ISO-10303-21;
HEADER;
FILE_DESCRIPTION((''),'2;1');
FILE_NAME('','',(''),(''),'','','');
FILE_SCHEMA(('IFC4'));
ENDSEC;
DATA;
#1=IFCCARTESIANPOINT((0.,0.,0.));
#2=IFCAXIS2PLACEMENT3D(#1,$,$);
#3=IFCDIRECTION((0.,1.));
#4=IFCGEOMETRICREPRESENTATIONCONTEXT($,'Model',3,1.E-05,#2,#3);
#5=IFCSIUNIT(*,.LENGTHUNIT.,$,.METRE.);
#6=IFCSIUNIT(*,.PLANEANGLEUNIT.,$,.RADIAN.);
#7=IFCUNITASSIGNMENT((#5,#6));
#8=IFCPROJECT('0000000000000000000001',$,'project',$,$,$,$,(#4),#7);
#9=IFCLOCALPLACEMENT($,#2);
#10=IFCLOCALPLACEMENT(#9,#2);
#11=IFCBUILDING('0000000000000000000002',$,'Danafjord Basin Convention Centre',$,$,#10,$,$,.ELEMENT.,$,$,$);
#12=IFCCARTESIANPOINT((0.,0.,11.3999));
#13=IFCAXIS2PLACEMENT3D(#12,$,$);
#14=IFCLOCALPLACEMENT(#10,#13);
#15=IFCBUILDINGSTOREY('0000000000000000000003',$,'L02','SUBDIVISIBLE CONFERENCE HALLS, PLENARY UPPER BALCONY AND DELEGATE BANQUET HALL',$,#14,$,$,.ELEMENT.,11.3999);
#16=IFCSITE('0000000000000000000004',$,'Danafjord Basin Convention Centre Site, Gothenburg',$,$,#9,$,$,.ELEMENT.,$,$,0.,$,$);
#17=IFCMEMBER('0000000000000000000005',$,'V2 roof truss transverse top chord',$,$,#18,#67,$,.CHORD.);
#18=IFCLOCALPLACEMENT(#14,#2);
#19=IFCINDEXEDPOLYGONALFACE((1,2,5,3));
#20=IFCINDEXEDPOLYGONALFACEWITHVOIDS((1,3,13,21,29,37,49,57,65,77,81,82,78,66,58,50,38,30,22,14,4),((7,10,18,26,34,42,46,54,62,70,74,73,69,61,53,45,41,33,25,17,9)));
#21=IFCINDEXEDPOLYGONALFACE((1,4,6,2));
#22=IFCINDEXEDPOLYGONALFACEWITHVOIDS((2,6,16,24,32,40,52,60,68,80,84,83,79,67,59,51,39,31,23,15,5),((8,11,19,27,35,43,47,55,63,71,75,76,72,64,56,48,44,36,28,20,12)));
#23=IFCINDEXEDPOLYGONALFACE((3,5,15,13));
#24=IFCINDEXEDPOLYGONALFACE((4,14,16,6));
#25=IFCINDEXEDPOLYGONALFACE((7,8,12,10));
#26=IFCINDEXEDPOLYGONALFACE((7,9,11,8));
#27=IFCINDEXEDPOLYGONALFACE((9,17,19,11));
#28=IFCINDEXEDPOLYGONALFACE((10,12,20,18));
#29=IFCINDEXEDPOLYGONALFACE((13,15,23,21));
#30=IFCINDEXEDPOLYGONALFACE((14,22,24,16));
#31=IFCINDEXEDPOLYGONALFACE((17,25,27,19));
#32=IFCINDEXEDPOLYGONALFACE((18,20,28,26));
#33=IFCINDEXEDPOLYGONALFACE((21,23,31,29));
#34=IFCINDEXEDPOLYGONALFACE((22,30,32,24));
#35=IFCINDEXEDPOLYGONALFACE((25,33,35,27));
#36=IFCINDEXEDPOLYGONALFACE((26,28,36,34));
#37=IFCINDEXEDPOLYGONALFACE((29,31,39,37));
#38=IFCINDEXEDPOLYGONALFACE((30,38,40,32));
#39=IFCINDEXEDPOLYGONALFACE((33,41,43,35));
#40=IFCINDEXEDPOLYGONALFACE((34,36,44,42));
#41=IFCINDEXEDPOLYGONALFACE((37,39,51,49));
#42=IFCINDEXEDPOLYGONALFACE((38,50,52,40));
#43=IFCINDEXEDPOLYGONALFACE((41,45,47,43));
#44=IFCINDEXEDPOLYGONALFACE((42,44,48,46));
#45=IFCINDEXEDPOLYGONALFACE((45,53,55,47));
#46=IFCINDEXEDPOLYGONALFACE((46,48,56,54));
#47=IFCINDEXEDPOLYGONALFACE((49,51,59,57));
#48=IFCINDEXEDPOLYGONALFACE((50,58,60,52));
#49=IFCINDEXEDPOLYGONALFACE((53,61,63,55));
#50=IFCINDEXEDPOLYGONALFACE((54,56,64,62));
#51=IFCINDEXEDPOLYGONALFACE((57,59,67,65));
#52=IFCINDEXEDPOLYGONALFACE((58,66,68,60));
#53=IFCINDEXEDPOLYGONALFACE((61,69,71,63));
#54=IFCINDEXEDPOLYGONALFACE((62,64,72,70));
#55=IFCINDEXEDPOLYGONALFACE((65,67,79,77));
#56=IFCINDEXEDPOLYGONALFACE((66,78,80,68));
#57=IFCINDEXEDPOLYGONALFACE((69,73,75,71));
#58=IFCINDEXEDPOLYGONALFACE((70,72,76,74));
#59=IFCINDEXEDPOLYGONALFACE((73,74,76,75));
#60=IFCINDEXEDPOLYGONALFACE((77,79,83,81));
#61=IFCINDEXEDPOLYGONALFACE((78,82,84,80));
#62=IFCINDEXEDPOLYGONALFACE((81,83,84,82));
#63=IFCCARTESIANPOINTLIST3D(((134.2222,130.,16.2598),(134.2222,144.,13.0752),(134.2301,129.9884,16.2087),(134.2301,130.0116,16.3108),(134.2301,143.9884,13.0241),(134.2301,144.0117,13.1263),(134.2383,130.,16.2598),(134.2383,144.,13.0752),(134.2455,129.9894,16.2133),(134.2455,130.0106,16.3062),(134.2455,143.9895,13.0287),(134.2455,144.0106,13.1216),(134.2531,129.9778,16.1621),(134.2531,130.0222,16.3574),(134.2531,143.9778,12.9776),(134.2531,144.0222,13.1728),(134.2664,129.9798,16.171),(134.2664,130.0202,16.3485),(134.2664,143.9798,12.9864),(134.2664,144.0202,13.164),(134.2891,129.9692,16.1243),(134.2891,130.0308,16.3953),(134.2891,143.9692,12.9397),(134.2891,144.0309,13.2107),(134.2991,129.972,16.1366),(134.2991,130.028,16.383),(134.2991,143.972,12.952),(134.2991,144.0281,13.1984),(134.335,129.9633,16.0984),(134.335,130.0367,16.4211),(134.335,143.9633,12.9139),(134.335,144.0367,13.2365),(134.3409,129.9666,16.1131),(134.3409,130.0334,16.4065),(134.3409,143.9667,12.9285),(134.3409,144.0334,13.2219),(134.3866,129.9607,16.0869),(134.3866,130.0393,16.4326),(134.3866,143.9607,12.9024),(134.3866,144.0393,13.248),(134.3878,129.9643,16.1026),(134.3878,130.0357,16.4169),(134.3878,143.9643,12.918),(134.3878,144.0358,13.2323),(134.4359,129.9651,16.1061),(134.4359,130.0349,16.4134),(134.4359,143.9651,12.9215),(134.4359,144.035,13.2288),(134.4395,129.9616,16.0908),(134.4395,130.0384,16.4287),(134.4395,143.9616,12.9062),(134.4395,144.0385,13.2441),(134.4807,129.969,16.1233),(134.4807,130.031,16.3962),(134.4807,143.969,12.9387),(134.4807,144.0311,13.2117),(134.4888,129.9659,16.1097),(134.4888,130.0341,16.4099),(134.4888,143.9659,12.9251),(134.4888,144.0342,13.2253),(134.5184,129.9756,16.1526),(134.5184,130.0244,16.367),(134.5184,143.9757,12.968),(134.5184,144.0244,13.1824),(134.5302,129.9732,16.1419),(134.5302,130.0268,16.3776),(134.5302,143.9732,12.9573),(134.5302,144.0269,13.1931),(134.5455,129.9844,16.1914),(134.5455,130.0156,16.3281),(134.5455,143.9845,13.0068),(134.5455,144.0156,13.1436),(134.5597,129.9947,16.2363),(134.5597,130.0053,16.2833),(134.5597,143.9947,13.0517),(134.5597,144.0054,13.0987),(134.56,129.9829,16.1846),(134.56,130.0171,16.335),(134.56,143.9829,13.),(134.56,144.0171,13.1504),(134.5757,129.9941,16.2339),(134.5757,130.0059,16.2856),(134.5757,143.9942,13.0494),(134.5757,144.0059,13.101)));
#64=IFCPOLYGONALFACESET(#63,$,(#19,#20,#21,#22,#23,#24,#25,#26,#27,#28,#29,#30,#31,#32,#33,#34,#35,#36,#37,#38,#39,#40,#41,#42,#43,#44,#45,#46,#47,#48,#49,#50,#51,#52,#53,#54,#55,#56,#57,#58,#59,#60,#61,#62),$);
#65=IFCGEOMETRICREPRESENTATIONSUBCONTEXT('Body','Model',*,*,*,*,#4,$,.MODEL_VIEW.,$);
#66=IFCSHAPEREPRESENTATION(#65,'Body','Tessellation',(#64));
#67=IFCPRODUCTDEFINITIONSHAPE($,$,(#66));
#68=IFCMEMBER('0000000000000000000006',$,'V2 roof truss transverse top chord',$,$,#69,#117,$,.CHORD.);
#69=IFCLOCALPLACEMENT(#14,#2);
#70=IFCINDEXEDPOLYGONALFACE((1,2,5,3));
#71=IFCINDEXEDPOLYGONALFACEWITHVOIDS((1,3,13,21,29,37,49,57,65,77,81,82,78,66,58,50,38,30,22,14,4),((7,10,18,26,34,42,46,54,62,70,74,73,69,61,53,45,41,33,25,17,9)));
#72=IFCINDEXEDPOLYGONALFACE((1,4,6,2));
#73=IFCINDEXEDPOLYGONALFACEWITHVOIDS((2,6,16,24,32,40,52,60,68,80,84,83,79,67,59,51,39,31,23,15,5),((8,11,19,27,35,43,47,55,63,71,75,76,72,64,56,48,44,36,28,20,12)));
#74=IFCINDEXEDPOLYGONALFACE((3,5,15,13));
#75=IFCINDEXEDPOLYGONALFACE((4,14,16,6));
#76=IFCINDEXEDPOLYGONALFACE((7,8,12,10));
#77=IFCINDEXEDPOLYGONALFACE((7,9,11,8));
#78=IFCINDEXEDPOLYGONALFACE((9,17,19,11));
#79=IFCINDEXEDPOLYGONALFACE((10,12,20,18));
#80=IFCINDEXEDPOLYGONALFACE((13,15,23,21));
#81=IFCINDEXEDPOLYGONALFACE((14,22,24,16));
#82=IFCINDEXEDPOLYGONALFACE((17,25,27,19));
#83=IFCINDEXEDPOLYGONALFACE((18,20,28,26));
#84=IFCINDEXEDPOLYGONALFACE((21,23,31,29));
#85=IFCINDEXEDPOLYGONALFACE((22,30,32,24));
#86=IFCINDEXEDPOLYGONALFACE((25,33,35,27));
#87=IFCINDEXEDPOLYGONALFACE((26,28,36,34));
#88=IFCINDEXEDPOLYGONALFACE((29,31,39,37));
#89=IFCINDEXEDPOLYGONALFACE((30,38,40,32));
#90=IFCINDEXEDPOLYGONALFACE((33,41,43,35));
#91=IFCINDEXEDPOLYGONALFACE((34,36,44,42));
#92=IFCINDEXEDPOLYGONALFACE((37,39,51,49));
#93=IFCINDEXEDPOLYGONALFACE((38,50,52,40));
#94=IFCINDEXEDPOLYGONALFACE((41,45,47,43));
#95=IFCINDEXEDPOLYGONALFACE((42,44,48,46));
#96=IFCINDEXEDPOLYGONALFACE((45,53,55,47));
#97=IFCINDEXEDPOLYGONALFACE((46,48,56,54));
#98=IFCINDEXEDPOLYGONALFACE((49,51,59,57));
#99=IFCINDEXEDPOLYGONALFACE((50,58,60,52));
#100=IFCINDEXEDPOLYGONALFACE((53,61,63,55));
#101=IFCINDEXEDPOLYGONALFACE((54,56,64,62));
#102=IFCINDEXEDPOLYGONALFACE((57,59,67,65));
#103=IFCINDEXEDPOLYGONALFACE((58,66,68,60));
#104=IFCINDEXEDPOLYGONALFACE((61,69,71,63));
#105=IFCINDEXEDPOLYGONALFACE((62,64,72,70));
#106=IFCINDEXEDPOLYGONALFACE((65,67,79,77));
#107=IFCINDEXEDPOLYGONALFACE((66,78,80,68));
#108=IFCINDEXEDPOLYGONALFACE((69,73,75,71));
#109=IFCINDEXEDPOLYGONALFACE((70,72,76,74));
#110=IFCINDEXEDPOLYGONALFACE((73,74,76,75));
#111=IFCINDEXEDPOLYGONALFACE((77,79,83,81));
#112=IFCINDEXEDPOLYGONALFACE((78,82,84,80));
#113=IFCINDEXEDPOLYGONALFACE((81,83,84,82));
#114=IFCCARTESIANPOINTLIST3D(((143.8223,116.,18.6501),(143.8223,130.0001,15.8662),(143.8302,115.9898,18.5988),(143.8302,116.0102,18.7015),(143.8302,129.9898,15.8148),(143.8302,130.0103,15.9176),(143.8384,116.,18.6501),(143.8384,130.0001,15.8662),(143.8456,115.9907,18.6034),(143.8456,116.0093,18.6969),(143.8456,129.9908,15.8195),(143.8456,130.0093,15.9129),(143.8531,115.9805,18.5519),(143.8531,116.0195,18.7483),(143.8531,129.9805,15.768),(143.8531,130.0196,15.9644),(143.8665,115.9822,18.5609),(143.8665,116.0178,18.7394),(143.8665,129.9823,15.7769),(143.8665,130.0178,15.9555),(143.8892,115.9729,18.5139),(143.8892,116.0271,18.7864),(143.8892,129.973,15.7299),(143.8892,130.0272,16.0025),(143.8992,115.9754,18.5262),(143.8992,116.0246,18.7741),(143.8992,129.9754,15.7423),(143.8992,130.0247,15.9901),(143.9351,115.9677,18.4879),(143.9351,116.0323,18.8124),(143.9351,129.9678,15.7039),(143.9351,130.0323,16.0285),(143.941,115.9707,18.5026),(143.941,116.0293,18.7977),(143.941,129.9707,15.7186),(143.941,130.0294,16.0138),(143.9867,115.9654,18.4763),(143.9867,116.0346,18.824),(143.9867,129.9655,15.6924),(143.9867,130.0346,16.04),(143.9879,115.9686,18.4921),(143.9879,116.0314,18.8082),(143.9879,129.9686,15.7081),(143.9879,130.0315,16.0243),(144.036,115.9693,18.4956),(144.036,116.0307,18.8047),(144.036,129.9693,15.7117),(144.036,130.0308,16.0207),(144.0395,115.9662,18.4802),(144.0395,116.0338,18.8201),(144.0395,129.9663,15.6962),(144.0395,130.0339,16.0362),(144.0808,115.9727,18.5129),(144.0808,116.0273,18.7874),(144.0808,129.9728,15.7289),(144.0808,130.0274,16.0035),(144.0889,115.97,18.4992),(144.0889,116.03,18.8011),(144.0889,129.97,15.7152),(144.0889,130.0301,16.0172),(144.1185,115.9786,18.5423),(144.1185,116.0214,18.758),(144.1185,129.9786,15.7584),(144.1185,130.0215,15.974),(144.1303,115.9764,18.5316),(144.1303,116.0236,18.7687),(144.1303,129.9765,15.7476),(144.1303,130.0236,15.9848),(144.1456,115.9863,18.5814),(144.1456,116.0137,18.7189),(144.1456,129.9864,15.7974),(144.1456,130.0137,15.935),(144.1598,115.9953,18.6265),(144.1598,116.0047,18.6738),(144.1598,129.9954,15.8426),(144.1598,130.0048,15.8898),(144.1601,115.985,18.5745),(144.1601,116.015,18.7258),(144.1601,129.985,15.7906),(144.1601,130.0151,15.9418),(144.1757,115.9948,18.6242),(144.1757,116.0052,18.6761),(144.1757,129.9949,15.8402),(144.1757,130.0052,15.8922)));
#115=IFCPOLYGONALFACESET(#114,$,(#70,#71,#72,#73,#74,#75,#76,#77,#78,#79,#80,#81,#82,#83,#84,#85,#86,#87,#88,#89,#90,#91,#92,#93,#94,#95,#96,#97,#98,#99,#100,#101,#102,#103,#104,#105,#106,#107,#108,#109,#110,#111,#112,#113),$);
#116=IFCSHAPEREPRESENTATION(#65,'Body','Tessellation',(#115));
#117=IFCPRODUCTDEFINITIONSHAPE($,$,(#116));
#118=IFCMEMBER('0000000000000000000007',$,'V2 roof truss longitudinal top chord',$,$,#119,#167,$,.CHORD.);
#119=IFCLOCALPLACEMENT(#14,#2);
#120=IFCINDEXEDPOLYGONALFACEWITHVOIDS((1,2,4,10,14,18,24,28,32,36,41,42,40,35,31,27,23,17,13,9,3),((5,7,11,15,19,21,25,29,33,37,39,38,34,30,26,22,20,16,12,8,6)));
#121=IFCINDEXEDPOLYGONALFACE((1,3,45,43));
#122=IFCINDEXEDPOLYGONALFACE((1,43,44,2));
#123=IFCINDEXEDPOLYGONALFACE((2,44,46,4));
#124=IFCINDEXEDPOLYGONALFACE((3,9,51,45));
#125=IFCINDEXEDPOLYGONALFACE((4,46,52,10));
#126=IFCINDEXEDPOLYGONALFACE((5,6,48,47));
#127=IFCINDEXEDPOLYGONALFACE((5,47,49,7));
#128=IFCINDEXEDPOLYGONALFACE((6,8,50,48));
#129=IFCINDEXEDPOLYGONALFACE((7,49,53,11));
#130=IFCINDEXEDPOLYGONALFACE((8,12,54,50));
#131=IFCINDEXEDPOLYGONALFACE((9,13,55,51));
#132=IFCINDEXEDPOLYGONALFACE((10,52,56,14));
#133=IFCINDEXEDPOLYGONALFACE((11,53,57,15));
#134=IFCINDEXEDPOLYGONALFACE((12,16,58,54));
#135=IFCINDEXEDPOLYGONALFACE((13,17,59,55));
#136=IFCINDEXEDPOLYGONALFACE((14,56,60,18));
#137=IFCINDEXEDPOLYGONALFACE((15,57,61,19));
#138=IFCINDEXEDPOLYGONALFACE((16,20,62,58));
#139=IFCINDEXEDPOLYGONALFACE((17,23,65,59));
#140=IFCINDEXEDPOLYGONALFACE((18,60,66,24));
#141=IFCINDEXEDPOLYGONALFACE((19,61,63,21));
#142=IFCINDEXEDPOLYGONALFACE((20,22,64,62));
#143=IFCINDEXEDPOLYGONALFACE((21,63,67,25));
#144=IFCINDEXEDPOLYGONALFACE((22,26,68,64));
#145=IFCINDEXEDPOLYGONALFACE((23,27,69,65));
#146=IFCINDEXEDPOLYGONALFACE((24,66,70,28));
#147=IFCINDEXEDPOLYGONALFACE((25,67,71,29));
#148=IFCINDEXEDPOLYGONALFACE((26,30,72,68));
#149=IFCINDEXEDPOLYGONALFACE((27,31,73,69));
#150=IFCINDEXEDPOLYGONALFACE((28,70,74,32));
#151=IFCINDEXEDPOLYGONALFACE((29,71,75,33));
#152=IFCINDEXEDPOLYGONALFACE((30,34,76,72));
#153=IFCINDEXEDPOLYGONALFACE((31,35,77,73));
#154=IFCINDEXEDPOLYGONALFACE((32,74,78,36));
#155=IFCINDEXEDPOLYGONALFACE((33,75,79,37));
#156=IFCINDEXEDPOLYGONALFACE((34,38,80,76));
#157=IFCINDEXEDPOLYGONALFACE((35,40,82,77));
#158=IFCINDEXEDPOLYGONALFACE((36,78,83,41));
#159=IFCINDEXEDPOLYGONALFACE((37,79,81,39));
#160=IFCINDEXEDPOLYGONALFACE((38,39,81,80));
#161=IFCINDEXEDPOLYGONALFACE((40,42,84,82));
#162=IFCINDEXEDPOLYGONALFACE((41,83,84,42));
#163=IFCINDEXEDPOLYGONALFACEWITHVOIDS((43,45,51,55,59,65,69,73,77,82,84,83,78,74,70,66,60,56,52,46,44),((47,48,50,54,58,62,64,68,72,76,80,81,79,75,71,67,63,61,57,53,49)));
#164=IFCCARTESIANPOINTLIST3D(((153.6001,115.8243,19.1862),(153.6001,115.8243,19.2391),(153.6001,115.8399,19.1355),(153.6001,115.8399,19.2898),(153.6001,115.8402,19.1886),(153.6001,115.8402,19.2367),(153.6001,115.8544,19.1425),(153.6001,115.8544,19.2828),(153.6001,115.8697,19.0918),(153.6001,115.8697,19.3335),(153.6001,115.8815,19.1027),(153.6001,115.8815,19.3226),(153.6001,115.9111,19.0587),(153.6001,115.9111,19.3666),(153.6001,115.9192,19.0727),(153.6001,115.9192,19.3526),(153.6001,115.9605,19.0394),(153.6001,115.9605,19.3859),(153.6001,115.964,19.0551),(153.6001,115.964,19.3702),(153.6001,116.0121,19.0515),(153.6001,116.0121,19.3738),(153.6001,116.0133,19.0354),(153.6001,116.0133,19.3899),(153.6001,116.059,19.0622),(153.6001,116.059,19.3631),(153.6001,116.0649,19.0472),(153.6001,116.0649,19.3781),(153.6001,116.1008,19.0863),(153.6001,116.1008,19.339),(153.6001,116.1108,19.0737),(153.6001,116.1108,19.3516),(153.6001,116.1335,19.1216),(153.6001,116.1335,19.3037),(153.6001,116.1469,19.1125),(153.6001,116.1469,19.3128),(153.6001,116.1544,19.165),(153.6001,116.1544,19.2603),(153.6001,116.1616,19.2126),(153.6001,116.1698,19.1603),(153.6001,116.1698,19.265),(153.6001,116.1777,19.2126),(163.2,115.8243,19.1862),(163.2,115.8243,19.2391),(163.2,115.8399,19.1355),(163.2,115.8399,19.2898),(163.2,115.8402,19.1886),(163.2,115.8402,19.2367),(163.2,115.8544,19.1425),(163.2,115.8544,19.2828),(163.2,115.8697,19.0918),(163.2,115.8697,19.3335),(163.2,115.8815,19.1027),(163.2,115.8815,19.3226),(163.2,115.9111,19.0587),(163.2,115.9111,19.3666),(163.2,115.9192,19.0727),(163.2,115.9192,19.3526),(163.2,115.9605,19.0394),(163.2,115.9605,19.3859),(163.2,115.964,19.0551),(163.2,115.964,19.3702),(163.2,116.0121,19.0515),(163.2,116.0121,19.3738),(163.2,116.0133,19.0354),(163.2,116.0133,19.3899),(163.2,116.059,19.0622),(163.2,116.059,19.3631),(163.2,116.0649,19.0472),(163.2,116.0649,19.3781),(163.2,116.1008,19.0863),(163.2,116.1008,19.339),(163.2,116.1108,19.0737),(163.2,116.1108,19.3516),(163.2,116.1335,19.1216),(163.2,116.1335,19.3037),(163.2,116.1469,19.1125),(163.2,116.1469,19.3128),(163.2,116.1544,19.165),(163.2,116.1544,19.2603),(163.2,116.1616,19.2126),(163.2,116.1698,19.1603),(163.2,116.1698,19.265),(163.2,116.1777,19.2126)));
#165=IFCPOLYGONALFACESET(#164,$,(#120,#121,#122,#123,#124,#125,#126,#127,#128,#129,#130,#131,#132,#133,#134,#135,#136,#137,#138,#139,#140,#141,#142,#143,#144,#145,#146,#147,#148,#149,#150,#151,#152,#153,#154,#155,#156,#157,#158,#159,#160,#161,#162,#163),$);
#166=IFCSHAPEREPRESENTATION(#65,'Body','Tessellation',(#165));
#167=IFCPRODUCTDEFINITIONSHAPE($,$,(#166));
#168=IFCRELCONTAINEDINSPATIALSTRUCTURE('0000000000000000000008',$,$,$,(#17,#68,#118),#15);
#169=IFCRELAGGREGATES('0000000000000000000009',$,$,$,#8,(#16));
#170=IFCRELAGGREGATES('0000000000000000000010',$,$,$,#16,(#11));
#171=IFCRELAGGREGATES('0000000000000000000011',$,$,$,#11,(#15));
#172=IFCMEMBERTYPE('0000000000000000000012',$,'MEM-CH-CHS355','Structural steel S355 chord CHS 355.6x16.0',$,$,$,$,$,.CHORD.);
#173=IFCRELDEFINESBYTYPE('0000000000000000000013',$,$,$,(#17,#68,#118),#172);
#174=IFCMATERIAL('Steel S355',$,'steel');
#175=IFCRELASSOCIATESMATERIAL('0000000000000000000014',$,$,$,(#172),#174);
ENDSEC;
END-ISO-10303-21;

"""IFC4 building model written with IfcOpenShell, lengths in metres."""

from ifc_helpers import new_model, si_unit, direction, frame, origin, origin_2d, place, context, subcontext, project, spatial, hollow_circle, extrude, material, material_profile, profile_set, type_object, element, save


model = new_model("IFC4")

# Units and contexts
model_context = context("Model", 3, precision=1e-05, world=origin(), true_north=direction((0.0, 1.0)))
body_context = subcontext(model_context, "Body", "Model", "MODEL_VIEW")
ifc_project = project(units=[si_unit("LENGTHUNIT", "METRE"), si_unit("PLANEANGLEUNIT", "RADIAN")], contexts=[model_context])

# Site, building, storey
site_placement = place(None, origin())
site = spatial("IfcSite", under=ifc_project, at=site_placement, Name="Danafjord Basin Convention Centre Site, Gothenburg", CompositionType="ELEMENT", RefElevation=0.0)
building_placement = place(site_placement, origin())
building = spatial("IfcBuilding", under=site, at=building_placement, Name="Danafjord Basin Convention Centre", CompositionType="ELEMENT")
storey_placement = place(building_placement, frame((0.0, 0.0, 11.3999)))
storey = spatial("IfcBuildingStorey", under=building, at=storey_placement, Name="L02", Description="SUBDIVISIBLE CONFERENCE HALLS, PLENARY UPPER BALCONY AND DELEGATE BANQUET HALL", CompositionType="ELEMENT", Elevation=11.3999)

# Members
ifc_material = material(Name="Steel S355", Category="steel")
ifc_material_profile_1 = material_profile(ifc_material, hollow_circle(Radius=0.1777, WallThickness=0.0161, at=origin_2d()), Name="CHS 355.6x16.0")
ifc_profile_set_1 = profile_set([ifc_material_profile_1], Name="Steel S355")
member_type_1 = type_object("IfcMemberType", Name="MEM-CH-CHS355", Description="Structural steel S355 chord CHS 355.6x16.0", PredefinedType="CHORD", material=ifc_profile_set_1)
member_1_placement = place(storey_placement, frame((134.3999, 130.0, 16.2598), z_axis=(0.0, 0.975091, -0.221803), x_axis=(-1.0, 0.0, 0.0)))
element("IfcMember", 1, at=member_1_placement, inside=storey, type_object=member_type_1, Name="V2 roof truss transverse top chord", PredefinedType="CHORD", context=body_context, shape_type="SweptSolid", body=[
    extrude(hollow_circle(Radius=0.1777, WallThickness=0.0161, at=origin_2d()), origin(), (0.0, 0.0, 1.0), 14.3577),
])
member_2_placement = place(storey_placement, frame((144.0, 116.0, 18.6501), z_axis=(0.0, 0.980797, -0.195034), x_axis=(-1.0, 0.0, 0.0)))
element("IfcMember", 2, at=member_2_placement, inside=storey, type_object=member_type_1, Name="V2 roof truss transverse top chord", PredefinedType="CHORD", context=body_context, shape_type="SweptSolid", body=[
    extrude(hollow_circle(Radius=0.1777, WallThickness=0.0161, at=origin_2d()), origin(), (0.0, 0.0, 1.0), 14.2742),
])
member_3_placement = place(storey_placement, frame((153.6001, 116.0, 19.2126), z_axis=(1.0, 0.0, 0.0), x_axis=(0.0, 1.0, 0.0)))
element("IfcMember", 3, at=member_3_placement, inside=storey, type_object=member_type_1, Name="V2 roof truss longitudinal top chord", PredefinedType="CHORD", context=body_context, shape_type="SweptSolid", body=[
    extrude(hollow_circle(Radius=0.1777, WallThickness=0.0161, at=origin_2d()), origin(), (0.0, 0.0, 1.0), 9.5999),
])

save(model, "model.ifc")
